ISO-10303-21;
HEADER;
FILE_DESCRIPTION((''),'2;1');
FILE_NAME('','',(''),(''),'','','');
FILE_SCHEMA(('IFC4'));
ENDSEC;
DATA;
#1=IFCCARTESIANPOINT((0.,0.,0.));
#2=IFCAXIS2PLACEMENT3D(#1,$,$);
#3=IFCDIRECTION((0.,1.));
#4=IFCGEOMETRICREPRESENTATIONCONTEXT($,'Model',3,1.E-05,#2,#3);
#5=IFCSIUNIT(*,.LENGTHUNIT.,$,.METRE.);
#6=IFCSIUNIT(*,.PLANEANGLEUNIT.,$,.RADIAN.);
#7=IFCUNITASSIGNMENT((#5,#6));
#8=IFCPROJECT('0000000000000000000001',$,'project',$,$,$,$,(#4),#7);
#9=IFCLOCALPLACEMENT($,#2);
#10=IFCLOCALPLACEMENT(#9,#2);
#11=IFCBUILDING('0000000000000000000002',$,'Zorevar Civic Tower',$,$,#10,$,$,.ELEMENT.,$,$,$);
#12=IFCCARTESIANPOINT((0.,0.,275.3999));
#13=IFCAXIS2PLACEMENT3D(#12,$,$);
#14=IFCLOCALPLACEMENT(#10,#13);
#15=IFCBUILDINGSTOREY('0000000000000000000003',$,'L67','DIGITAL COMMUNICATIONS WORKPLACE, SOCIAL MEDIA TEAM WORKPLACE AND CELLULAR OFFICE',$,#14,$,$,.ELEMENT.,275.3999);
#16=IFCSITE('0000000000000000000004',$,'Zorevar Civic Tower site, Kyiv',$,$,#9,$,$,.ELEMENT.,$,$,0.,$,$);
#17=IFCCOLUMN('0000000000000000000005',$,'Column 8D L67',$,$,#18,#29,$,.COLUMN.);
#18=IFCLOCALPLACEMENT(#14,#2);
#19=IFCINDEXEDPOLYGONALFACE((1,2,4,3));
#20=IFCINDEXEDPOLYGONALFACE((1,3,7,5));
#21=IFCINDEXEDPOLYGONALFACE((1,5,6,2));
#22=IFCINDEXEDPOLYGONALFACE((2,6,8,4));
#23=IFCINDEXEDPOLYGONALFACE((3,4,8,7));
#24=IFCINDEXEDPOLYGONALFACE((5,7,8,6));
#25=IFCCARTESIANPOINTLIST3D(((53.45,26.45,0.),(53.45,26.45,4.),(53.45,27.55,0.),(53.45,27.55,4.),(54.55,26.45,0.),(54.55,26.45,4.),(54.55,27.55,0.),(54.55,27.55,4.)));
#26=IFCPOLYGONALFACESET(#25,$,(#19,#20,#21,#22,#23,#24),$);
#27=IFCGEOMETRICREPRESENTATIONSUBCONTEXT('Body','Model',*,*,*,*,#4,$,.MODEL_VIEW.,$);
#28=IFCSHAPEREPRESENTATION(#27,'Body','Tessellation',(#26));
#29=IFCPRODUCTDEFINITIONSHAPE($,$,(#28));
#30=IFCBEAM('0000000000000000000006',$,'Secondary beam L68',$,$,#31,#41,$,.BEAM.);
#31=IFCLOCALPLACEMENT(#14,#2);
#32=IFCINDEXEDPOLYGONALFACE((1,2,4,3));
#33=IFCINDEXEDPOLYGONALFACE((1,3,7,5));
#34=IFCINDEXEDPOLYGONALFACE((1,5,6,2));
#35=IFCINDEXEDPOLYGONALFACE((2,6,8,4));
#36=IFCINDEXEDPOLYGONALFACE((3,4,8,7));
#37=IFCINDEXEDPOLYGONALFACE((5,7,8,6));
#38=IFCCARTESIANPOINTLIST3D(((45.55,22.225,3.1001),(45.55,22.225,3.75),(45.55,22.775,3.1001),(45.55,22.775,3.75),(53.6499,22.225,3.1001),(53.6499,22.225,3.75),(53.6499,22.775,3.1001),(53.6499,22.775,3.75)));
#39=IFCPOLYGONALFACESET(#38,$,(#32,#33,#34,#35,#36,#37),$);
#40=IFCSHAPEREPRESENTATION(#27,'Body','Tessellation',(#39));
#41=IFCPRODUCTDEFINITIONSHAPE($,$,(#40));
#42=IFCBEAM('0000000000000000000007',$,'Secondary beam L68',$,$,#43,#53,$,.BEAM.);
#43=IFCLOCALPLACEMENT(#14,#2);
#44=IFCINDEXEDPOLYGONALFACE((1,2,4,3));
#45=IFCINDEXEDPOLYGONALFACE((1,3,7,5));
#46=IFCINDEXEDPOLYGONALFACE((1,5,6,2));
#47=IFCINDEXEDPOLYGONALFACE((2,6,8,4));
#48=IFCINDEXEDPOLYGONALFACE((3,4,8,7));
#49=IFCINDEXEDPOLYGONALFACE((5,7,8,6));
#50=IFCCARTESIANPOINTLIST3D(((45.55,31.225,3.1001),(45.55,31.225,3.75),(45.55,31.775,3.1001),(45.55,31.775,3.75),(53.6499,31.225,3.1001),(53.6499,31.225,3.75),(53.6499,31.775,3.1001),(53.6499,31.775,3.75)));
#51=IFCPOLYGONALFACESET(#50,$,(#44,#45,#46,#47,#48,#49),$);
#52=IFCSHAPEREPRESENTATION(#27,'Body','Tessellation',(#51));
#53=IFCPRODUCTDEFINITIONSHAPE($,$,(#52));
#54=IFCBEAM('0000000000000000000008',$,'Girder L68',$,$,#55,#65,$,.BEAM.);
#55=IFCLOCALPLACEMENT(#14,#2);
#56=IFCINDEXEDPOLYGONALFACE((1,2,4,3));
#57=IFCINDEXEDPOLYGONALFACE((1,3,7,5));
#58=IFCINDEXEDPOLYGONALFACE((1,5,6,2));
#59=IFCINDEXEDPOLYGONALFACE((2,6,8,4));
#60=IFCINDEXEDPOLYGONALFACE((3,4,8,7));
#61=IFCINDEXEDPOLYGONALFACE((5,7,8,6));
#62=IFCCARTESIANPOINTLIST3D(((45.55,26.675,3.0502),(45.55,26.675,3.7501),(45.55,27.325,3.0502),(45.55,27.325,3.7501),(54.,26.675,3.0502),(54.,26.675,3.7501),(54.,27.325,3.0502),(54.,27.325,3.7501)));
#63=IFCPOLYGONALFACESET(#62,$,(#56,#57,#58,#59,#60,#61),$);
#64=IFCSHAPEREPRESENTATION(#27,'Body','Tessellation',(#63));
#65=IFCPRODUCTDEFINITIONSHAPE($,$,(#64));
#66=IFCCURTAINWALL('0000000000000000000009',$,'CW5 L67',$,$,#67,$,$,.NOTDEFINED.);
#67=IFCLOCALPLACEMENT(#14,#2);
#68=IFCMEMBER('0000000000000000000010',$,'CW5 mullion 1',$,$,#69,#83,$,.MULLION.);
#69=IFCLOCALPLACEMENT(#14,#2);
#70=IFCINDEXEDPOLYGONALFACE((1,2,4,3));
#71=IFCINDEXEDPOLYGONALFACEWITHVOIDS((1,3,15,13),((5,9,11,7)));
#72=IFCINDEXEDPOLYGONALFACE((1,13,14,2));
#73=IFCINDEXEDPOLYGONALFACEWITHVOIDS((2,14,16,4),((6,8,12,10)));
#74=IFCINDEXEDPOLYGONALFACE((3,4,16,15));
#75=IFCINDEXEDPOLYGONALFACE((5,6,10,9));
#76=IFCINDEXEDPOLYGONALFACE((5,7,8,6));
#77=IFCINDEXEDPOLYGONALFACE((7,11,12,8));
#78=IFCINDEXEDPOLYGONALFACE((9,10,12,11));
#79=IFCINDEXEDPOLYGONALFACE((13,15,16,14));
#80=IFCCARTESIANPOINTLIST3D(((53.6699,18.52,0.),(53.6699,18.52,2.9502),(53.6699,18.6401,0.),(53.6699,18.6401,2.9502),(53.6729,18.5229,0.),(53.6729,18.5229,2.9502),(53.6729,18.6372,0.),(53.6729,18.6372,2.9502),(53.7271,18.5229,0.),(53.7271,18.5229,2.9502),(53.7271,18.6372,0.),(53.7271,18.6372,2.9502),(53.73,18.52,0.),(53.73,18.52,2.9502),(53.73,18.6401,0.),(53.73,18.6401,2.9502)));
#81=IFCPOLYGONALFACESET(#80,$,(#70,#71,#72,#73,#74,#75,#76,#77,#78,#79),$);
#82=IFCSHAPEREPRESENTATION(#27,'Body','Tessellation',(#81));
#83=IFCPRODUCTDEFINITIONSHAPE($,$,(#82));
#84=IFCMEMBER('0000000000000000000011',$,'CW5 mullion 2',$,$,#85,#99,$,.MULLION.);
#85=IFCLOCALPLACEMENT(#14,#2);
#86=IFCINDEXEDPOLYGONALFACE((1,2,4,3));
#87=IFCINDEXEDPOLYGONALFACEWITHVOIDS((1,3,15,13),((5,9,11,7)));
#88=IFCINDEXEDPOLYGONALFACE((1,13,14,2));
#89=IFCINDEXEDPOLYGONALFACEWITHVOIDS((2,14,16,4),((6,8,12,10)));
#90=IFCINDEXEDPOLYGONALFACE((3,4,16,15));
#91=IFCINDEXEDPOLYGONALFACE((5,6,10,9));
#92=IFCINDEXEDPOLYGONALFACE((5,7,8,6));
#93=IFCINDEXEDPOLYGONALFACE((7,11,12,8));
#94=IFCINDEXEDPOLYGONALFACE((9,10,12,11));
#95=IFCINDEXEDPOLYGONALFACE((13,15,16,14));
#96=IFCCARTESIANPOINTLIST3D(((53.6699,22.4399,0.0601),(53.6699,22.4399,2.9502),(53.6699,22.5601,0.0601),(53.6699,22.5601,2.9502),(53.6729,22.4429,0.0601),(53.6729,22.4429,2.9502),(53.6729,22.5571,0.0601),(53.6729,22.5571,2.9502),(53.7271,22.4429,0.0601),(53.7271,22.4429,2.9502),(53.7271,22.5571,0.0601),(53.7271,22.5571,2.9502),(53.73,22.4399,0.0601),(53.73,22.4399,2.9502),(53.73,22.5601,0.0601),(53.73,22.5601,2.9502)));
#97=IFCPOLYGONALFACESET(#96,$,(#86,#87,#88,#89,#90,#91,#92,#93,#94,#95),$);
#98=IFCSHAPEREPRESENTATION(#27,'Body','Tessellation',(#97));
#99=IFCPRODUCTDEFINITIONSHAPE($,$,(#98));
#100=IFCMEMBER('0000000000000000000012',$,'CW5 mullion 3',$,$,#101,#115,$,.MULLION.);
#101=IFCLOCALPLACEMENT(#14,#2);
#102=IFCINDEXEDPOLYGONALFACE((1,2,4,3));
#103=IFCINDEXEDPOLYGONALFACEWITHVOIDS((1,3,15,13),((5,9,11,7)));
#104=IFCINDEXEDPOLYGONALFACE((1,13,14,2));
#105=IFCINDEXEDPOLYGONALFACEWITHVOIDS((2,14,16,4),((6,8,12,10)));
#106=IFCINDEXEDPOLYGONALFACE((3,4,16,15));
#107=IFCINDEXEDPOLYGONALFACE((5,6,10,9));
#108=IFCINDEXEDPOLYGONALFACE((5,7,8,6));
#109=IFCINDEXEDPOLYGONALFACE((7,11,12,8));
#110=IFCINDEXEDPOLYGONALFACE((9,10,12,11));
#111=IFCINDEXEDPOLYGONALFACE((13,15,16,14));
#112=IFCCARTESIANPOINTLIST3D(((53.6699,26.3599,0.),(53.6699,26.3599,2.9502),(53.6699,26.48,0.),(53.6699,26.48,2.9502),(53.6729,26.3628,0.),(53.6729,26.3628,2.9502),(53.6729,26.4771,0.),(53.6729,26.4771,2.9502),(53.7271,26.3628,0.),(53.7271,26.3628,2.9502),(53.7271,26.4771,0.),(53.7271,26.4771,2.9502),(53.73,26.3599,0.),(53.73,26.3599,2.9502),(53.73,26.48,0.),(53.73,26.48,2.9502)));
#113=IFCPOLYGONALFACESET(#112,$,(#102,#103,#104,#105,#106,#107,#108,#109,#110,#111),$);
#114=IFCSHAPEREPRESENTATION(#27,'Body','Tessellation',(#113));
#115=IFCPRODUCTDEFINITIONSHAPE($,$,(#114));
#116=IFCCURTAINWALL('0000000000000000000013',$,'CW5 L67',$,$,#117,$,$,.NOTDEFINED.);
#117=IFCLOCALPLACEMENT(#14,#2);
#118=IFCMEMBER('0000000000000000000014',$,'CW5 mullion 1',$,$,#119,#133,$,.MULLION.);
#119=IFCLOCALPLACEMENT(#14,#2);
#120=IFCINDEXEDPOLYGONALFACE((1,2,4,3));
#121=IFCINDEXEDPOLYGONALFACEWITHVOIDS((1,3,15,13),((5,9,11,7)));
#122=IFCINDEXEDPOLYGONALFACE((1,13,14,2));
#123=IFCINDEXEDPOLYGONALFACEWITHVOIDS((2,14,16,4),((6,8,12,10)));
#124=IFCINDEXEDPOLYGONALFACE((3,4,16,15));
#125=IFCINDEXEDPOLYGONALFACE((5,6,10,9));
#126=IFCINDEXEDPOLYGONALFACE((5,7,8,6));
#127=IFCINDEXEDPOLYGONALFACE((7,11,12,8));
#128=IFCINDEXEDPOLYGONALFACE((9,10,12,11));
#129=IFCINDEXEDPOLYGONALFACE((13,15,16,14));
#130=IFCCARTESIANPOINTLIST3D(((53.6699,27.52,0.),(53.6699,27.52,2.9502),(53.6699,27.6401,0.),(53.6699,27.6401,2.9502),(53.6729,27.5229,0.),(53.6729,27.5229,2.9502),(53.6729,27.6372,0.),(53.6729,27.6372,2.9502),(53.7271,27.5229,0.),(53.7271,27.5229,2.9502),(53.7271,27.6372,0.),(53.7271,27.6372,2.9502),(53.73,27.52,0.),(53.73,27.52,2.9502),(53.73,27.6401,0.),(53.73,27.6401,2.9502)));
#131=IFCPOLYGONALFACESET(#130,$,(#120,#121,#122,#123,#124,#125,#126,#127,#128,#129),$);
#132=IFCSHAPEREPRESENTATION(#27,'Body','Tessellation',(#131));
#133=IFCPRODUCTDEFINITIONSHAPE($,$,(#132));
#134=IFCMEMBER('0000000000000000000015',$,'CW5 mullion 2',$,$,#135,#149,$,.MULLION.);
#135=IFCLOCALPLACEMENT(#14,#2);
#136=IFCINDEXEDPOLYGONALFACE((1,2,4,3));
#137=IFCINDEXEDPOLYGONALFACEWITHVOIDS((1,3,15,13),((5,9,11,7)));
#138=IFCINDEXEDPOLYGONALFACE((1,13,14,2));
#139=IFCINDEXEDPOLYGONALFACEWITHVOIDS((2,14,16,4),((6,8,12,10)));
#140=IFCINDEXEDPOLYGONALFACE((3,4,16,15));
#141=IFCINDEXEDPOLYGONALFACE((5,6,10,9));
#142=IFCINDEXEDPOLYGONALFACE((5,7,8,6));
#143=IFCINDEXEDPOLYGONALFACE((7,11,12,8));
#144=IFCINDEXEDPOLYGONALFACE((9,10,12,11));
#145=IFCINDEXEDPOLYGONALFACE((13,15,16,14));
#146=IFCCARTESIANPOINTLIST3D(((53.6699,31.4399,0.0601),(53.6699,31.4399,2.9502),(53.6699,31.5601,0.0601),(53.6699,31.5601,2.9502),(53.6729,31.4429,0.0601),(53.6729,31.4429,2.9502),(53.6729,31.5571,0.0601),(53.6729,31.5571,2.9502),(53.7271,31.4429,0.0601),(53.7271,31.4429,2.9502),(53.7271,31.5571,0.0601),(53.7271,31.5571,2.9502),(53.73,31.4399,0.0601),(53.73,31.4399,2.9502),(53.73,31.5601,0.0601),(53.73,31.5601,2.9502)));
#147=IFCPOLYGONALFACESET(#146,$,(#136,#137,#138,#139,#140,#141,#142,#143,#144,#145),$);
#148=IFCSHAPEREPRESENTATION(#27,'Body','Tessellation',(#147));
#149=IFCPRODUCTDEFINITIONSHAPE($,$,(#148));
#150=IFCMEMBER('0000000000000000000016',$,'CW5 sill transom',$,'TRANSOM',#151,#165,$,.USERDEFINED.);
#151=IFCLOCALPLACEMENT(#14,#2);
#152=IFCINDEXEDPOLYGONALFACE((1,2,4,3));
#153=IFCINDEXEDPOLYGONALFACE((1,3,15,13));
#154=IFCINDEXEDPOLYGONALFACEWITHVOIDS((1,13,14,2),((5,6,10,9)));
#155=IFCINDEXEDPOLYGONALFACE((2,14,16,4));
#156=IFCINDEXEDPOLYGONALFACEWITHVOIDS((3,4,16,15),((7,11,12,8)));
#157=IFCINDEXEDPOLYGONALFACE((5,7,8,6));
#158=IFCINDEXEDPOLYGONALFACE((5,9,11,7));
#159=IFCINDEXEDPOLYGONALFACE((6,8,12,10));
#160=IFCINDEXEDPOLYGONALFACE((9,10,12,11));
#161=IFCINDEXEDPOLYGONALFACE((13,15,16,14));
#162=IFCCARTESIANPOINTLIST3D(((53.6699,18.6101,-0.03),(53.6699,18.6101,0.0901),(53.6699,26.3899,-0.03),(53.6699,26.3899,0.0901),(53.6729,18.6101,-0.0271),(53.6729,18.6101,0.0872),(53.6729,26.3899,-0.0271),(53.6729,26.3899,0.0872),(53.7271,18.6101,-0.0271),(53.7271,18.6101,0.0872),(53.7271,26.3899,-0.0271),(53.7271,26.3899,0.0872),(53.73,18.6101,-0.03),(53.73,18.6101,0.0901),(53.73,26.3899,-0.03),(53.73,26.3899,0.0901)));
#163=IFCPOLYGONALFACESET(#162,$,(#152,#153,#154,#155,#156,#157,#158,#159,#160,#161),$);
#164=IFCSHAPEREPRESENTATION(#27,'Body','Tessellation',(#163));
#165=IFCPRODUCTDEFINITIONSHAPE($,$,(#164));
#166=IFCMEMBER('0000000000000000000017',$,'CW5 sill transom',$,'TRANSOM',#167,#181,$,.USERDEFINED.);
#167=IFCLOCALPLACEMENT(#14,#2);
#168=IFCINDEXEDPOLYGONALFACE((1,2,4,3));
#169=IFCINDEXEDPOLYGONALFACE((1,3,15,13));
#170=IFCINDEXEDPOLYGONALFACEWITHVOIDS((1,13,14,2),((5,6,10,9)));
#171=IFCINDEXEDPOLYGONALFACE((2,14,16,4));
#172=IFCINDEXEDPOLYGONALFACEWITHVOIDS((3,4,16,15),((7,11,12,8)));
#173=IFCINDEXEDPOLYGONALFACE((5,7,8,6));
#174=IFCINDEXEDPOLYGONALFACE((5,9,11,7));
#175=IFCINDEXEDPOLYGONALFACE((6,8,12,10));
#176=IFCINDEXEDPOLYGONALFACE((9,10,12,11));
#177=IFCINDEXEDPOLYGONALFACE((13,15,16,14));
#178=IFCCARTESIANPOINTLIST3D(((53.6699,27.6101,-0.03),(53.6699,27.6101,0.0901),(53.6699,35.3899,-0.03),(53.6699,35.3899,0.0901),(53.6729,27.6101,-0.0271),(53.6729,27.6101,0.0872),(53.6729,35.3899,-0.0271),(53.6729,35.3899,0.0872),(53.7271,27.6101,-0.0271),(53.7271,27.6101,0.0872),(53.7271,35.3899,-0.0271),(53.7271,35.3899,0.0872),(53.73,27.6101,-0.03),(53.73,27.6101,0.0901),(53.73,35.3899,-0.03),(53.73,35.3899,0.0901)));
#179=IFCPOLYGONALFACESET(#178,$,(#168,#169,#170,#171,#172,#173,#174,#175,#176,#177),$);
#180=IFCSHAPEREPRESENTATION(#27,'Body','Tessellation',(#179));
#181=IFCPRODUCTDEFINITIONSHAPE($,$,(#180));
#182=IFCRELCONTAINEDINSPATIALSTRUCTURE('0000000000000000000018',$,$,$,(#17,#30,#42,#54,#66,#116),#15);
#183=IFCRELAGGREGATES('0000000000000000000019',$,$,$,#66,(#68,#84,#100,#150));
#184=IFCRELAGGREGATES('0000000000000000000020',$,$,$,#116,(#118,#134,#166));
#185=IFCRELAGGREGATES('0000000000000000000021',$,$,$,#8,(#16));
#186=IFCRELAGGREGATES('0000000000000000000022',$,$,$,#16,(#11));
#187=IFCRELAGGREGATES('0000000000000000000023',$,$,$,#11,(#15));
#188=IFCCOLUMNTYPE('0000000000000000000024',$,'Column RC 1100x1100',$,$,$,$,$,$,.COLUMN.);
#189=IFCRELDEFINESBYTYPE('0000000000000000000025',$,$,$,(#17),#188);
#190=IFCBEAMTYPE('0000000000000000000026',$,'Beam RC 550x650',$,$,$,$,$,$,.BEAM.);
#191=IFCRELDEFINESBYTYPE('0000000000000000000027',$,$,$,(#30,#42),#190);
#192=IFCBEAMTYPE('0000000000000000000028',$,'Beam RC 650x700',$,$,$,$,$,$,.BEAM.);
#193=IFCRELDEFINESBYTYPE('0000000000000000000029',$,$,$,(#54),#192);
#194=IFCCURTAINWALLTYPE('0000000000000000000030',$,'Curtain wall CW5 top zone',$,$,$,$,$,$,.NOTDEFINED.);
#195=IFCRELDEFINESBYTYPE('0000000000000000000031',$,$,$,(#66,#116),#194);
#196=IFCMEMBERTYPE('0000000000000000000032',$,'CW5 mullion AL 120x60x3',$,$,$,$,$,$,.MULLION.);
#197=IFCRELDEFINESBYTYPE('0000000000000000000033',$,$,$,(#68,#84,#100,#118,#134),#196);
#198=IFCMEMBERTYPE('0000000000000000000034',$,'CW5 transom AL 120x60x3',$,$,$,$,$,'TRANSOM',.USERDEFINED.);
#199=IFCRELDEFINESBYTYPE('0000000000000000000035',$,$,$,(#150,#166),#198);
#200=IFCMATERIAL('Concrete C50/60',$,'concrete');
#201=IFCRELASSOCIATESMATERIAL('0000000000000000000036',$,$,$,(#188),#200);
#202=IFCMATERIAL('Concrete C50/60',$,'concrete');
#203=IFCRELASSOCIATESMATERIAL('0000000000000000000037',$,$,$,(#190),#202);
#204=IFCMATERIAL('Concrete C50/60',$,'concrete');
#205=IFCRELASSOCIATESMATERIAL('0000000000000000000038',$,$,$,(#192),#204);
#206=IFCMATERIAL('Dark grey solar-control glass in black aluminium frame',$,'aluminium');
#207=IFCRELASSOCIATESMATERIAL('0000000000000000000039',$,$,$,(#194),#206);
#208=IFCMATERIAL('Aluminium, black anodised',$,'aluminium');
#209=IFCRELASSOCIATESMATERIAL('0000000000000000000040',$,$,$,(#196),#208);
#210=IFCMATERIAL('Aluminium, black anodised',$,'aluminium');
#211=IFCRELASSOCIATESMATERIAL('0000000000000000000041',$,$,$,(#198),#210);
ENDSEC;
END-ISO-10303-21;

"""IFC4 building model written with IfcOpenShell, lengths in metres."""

from ifc_helpers import new_model, si_unit, direction, frame, origin, origin_2d, place, context, subcontext, project, spatial, rectangle, hollow_rectangle, extrude, material, material_profile, profile_set, type_object, element, aggregate, save


model = new_model("IFC4")

# Units and contexts
model_context = context("Model", 3, precision=1e-05, world=origin(), true_north=direction((0.0, 1.0)))
body_context = subcontext(model_context, "Body", "Model", "MODEL_VIEW")
ifc_project = project(units=[si_unit("LENGTHUNIT", "METRE"), si_unit("PLANEANGLEUNIT", "RADIAN")], contexts=[model_context])

# Site, building, storey
site_placement = place(None, origin())
site = spatial("IfcSite", under=ifc_project, at=site_placement, Name="Zorevar Civic Tower site, Kyiv", CompositionType="ELEMENT", RefElevation=0.0)
building_placement = place(site_placement, origin())
building = spatial("IfcBuilding", under=site, at=building_placement, Name="Zorevar Civic Tower", CompositionType="ELEMENT")
storey_placement = place(building_placement, frame((0.0, 0.0, 275.3999)))
storey = spatial("IfcBuildingStorey", under=building, at=storey_placement, Name="L67", Description="DIGITAL COMMUNICATIONS WORKPLACE, SOCIAL MEDIA TEAM WORKPLACE AND CELLULAR OFFICE", CompositionType="ELEMENT", Elevation=275.3999)

# Column
ifc_material_1 = material(Name="Concrete C50/60", Category="concrete")
ifc_material_profile_1 = material_profile(ifc_material_1, rectangle(XDim=1.1001, YDim=1.1001, at=origin_2d()), Name="RC 1100x1100")
ifc_profile_set_1 = profile_set([ifc_material_profile_1], Name="Concrete C50/60")
column_type = type_object("IfcColumnType", Name="Column RC 1100x1100", PredefinedType="COLUMN", material=ifc_profile_set_1)
column_placement = place(storey_placement, frame((54.0, 27.0, 0.0), z_axis=(0.0, 0.0, 1.0), x_axis=(1.0, 0.0, 0.0)))
element("IfcColumn", 1, at=column_placement, inside=storey, type_object=column_type, Name="Column 8D L67", PredefinedType="COLUMN", context=body_context, shape_type="SweptSolid", body=[
    extrude(rectangle(XDim=1.1001, YDim=1.1001, at=origin_2d()), origin(), (0.0, 0.0, 1.0), 4.0),
])

# Beams
ifc_material_2 = material(Name="Concrete C50/60", Category="concrete")
ifc_material_profile_2 = material_profile(ifc_material_2, rectangle(XDim=0.55, YDim=0.6499, at=origin_2d()), Name="RC 550x650")
ifc_profile_set_2 = profile_set([ifc_material_profile_2], Name="Concrete C50/60")
beam_type_1 = type_object("IfcBeamType", Name="Beam RC 550x650", PredefinedType="BEAM", material=ifc_profile_set_2)
for number, where, z_axis, x_axis, name in (
    (2, (45.55, 22.5, 3.425), (1.0, 0.0, 0.0), (0.0, 1.0, 0.0), "Secondary beam L68"),
    (3, (45.55, 31.5, 3.425), (1.0, 0.0, 0.0), (0.0, 1.0, 0.0), "Secondary beam L68"),
):
    element("IfcBeam", number, at=place(storey_placement, frame(where, z_axis=z_axis, x_axis=x_axis)), inside=storey, type_object=beam_type_1, Name=name, PredefinedType="BEAM", context=body_context, shape_type="SweptSolid", body=[
        extrude(rectangle(XDim=0.55, YDim=0.6499, at=origin_2d()), origin(), (0.0, 0.0, 1.0), 8.0999),
    ])
ifc_material_3 = material(Name="Concrete C50/60", Category="concrete")
ifc_material_profile_3 = material_profile(ifc_material_3, rectangle(XDim=0.6499, YDim=0.7, at=origin_2d()), Name="RC 650x700")
ifc_profile_set_3 = profile_set([ifc_material_profile_3], Name="Concrete C50/60")
beam_type_2 = type_object("IfcBeamType", Name="Beam RC 650x700", PredefinedType="BEAM", material=ifc_profile_set_3)
beam_1_placement = place(storey_placement, frame((45.55, 27.0, 3.4001), z_axis=(1.0, 0.0, 0.0), x_axis=(0.0, 1.0, 0.0)))
element("IfcBeam", 4, at=beam_1_placement, inside=storey, type_object=beam_type_2, Name="Girder L68", PredefinedType="BEAM", context=body_context, shape_type="SweptSolid", body=[
    extrude(rectangle(XDim=0.6499, YDim=0.7, at=origin_2d()), origin(), (0.0, 0.0, 1.0), 8.45),
])

# Curtain walls, members
ifc_material_4 = material(Name="Dark grey solar-control glass in black aluminium frame", Category="aluminium")
curtain_wall_type = type_object("IfcCurtainWallType", Name="Curtain wall CW5 top zone", PredefinedType="NOTDEFINED", material=ifc_material_4)
curtain_wall_1_placement = place(storey_placement, origin())
curtain_wall_1 = element("IfcCurtainWall", 5, at=curtain_wall_1_placement, inside=storey, type_object=curtain_wall_type, Name="CW5 L67", PredefinedType="NOTDEFINED")
ifc_material_5 = material(Name="Aluminium, black anodised", Category="aluminium")
ifc_material_profile_4 = material_profile(ifc_material_5, hollow_rectangle(XDim=0.0601, YDim=0.1201, WallThickness=0.0029, at=origin_2d()), Name="AL 120x60x3")
ifc_profile_set_4 = profile_set([ifc_material_profile_4], Name="Aluminium, black anodised")
member_type_1 = type_object("IfcMemberType", Name="CW5 mullion AL 120x60x3", PredefinedType="MULLION", material=ifc_profile_set_4)
member_1_placement = place(storey_placement, frame((53.7, 18.5801, 0.0), z_axis=(0.0, 0.0, 1.0), x_axis=(-1.0, 0.0, 0.0)))
member_1 = element("IfcMember", 6, at=member_1_placement, type_object=member_type_1, Name="CW5 mullion 1", PredefinedType="MULLION", context=body_context, shape_type="SweptSolid", body=[
    extrude(hollow_rectangle(XDim=0.0601, YDim=0.1201, WallThickness=0.0029, at=origin_2d()), origin(), (0.0, 0.0, 1.0), 2.9502),
])
member_2_placement = place(storey_placement, frame((53.7, 22.5, 0.0601), z_axis=(0.0, 0.0, 1.0), x_axis=(-1.0, 0.0, 0.0)))
member_2 = element("IfcMember", 7, at=member_2_placement, type_object=member_type_1, Name="CW5 mullion 2", PredefinedType="MULLION", context=body_context, shape_type="SweptSolid", body=[
    extrude(hollow_rectangle(XDim=0.0601, YDim=0.1201, WallThickness=0.0029, at=origin_2d()), origin(), (0.0, 0.0, 1.0), 2.8901),
])
member_3_placement = place(storey_placement, frame((53.7, 26.4199, 0.0), z_axis=(0.0, 0.0, 1.0), x_axis=(-1.0, 0.0, 0.0)))
member_3 = element("IfcMember", 8, at=member_3_placement, type_object=member_type_1, Name="CW5 mullion 3", PredefinedType="MULLION", context=body_context, shape_type="SweptSolid", body=[
    extrude(hollow_rectangle(XDim=0.0601, YDim=0.1201, WallThickness=0.0029, at=origin_2d()), origin(), (0.0, 0.0, 1.0), 2.9502),
])
curtain_wall_2_placement = place(storey_placement, origin())
curtain_wall_2 = element("IfcCurtainWall", 9, at=curtain_wall_2_placement, inside=storey, type_object=curtain_wall_type, Name="CW5 L67", PredefinedType="NOTDEFINED")
member_4_placement = place(storey_placement, frame((53.7, 27.5801, 0.0), z_axis=(0.0, 0.0, 1.0), x_axis=(-1.0, 0.0, 0.0)))
member_4 = element("IfcMember", 10, at=member_4_placement, type_object=member_type_1, Name="CW5 mullion 1", PredefinedType="MULLION", context=body_context, shape_type="SweptSolid", body=[
    extrude(hollow_rectangle(XDim=0.0601, YDim=0.1201, WallThickness=0.0029, at=origin_2d()), origin(), (0.0, 0.0, 1.0), 2.9502),
])
member_5_placement = place(storey_placement, frame((53.7, 31.5, 0.0601), z_axis=(0.0, 0.0, 1.0), x_axis=(-1.0, 0.0, 0.0)))
member_5 = element("IfcMember", 11, at=member_5_placement, type_object=member_type_1, Name="CW5 mullion 2", PredefinedType="MULLION", context=body_context, shape_type="SweptSolid", body=[
    extrude(hollow_rectangle(XDim=0.0601, YDim=0.1201, WallThickness=0.0029, at=origin_2d()), origin(), (0.0, 0.0, 1.0), 2.8901),
])

# Members
ifc_material_6 = material(Name="Aluminium, black anodised", Category="aluminium")
ifc_material_profile_5 = material_profile(ifc_material_6, hollow_rectangle(XDim=0.0601, YDim=0.1201, WallThickness=0.0029, at=origin_2d()), Name="AL 120x60x3")
ifc_profile_set_5 = profile_set([ifc_material_profile_5], Name="Aluminium, black anodised")
member_type_2 = type_object("IfcMemberType", Name="CW5 transom AL 120x60x3", ElementType="TRANSOM", PredefinedType="USERDEFINED", material=ifc_profile_set_5)
member_6_placement = place(storey_placement, frame((53.7, 18.6101, 0.03), z_axis=(0.0, 1.0, 0.0), x_axis=(-1.0, 0.0, 0.0)))
member_6 = element("IfcMember", 12, at=member_6_placement, type_object=member_type_2, Name="CW5 sill transom", ObjectType="TRANSOM", PredefinedType="USERDEFINED", context=body_context, shape_type="SweptSolid", body=[
    extrude(hollow_rectangle(XDim=0.0601, YDim=0.1201, WallThickness=0.0029, at=origin_2d()), origin(), (0.0, 0.0, 1.0), 7.7798),
])
member_7_placement = place(storey_placement, frame((53.7, 27.6101, 0.03), z_axis=(0.0, 1.0, 0.0), x_axis=(-1.0, 0.0, 0.0)))
member_7 = element("IfcMember", 13, at=member_7_placement, type_object=member_type_2, Name="CW5 sill transom", ObjectType="TRANSOM", PredefinedType="USERDEFINED", context=body_context, shape_type="SweptSolid", body=[
    extrude(hollow_rectangle(XDim=0.0601, YDim=0.1201, WallThickness=0.0029, at=origin_2d()), origin(), (0.0, 0.0, 1.0), 7.7798),
])

aggregate(curtain_wall_1, [member_1, member_2, member_3, member_6])
aggregate(curtain_wall_2, [member_4, member_5, member_7])

save(model, "model.ifc")
